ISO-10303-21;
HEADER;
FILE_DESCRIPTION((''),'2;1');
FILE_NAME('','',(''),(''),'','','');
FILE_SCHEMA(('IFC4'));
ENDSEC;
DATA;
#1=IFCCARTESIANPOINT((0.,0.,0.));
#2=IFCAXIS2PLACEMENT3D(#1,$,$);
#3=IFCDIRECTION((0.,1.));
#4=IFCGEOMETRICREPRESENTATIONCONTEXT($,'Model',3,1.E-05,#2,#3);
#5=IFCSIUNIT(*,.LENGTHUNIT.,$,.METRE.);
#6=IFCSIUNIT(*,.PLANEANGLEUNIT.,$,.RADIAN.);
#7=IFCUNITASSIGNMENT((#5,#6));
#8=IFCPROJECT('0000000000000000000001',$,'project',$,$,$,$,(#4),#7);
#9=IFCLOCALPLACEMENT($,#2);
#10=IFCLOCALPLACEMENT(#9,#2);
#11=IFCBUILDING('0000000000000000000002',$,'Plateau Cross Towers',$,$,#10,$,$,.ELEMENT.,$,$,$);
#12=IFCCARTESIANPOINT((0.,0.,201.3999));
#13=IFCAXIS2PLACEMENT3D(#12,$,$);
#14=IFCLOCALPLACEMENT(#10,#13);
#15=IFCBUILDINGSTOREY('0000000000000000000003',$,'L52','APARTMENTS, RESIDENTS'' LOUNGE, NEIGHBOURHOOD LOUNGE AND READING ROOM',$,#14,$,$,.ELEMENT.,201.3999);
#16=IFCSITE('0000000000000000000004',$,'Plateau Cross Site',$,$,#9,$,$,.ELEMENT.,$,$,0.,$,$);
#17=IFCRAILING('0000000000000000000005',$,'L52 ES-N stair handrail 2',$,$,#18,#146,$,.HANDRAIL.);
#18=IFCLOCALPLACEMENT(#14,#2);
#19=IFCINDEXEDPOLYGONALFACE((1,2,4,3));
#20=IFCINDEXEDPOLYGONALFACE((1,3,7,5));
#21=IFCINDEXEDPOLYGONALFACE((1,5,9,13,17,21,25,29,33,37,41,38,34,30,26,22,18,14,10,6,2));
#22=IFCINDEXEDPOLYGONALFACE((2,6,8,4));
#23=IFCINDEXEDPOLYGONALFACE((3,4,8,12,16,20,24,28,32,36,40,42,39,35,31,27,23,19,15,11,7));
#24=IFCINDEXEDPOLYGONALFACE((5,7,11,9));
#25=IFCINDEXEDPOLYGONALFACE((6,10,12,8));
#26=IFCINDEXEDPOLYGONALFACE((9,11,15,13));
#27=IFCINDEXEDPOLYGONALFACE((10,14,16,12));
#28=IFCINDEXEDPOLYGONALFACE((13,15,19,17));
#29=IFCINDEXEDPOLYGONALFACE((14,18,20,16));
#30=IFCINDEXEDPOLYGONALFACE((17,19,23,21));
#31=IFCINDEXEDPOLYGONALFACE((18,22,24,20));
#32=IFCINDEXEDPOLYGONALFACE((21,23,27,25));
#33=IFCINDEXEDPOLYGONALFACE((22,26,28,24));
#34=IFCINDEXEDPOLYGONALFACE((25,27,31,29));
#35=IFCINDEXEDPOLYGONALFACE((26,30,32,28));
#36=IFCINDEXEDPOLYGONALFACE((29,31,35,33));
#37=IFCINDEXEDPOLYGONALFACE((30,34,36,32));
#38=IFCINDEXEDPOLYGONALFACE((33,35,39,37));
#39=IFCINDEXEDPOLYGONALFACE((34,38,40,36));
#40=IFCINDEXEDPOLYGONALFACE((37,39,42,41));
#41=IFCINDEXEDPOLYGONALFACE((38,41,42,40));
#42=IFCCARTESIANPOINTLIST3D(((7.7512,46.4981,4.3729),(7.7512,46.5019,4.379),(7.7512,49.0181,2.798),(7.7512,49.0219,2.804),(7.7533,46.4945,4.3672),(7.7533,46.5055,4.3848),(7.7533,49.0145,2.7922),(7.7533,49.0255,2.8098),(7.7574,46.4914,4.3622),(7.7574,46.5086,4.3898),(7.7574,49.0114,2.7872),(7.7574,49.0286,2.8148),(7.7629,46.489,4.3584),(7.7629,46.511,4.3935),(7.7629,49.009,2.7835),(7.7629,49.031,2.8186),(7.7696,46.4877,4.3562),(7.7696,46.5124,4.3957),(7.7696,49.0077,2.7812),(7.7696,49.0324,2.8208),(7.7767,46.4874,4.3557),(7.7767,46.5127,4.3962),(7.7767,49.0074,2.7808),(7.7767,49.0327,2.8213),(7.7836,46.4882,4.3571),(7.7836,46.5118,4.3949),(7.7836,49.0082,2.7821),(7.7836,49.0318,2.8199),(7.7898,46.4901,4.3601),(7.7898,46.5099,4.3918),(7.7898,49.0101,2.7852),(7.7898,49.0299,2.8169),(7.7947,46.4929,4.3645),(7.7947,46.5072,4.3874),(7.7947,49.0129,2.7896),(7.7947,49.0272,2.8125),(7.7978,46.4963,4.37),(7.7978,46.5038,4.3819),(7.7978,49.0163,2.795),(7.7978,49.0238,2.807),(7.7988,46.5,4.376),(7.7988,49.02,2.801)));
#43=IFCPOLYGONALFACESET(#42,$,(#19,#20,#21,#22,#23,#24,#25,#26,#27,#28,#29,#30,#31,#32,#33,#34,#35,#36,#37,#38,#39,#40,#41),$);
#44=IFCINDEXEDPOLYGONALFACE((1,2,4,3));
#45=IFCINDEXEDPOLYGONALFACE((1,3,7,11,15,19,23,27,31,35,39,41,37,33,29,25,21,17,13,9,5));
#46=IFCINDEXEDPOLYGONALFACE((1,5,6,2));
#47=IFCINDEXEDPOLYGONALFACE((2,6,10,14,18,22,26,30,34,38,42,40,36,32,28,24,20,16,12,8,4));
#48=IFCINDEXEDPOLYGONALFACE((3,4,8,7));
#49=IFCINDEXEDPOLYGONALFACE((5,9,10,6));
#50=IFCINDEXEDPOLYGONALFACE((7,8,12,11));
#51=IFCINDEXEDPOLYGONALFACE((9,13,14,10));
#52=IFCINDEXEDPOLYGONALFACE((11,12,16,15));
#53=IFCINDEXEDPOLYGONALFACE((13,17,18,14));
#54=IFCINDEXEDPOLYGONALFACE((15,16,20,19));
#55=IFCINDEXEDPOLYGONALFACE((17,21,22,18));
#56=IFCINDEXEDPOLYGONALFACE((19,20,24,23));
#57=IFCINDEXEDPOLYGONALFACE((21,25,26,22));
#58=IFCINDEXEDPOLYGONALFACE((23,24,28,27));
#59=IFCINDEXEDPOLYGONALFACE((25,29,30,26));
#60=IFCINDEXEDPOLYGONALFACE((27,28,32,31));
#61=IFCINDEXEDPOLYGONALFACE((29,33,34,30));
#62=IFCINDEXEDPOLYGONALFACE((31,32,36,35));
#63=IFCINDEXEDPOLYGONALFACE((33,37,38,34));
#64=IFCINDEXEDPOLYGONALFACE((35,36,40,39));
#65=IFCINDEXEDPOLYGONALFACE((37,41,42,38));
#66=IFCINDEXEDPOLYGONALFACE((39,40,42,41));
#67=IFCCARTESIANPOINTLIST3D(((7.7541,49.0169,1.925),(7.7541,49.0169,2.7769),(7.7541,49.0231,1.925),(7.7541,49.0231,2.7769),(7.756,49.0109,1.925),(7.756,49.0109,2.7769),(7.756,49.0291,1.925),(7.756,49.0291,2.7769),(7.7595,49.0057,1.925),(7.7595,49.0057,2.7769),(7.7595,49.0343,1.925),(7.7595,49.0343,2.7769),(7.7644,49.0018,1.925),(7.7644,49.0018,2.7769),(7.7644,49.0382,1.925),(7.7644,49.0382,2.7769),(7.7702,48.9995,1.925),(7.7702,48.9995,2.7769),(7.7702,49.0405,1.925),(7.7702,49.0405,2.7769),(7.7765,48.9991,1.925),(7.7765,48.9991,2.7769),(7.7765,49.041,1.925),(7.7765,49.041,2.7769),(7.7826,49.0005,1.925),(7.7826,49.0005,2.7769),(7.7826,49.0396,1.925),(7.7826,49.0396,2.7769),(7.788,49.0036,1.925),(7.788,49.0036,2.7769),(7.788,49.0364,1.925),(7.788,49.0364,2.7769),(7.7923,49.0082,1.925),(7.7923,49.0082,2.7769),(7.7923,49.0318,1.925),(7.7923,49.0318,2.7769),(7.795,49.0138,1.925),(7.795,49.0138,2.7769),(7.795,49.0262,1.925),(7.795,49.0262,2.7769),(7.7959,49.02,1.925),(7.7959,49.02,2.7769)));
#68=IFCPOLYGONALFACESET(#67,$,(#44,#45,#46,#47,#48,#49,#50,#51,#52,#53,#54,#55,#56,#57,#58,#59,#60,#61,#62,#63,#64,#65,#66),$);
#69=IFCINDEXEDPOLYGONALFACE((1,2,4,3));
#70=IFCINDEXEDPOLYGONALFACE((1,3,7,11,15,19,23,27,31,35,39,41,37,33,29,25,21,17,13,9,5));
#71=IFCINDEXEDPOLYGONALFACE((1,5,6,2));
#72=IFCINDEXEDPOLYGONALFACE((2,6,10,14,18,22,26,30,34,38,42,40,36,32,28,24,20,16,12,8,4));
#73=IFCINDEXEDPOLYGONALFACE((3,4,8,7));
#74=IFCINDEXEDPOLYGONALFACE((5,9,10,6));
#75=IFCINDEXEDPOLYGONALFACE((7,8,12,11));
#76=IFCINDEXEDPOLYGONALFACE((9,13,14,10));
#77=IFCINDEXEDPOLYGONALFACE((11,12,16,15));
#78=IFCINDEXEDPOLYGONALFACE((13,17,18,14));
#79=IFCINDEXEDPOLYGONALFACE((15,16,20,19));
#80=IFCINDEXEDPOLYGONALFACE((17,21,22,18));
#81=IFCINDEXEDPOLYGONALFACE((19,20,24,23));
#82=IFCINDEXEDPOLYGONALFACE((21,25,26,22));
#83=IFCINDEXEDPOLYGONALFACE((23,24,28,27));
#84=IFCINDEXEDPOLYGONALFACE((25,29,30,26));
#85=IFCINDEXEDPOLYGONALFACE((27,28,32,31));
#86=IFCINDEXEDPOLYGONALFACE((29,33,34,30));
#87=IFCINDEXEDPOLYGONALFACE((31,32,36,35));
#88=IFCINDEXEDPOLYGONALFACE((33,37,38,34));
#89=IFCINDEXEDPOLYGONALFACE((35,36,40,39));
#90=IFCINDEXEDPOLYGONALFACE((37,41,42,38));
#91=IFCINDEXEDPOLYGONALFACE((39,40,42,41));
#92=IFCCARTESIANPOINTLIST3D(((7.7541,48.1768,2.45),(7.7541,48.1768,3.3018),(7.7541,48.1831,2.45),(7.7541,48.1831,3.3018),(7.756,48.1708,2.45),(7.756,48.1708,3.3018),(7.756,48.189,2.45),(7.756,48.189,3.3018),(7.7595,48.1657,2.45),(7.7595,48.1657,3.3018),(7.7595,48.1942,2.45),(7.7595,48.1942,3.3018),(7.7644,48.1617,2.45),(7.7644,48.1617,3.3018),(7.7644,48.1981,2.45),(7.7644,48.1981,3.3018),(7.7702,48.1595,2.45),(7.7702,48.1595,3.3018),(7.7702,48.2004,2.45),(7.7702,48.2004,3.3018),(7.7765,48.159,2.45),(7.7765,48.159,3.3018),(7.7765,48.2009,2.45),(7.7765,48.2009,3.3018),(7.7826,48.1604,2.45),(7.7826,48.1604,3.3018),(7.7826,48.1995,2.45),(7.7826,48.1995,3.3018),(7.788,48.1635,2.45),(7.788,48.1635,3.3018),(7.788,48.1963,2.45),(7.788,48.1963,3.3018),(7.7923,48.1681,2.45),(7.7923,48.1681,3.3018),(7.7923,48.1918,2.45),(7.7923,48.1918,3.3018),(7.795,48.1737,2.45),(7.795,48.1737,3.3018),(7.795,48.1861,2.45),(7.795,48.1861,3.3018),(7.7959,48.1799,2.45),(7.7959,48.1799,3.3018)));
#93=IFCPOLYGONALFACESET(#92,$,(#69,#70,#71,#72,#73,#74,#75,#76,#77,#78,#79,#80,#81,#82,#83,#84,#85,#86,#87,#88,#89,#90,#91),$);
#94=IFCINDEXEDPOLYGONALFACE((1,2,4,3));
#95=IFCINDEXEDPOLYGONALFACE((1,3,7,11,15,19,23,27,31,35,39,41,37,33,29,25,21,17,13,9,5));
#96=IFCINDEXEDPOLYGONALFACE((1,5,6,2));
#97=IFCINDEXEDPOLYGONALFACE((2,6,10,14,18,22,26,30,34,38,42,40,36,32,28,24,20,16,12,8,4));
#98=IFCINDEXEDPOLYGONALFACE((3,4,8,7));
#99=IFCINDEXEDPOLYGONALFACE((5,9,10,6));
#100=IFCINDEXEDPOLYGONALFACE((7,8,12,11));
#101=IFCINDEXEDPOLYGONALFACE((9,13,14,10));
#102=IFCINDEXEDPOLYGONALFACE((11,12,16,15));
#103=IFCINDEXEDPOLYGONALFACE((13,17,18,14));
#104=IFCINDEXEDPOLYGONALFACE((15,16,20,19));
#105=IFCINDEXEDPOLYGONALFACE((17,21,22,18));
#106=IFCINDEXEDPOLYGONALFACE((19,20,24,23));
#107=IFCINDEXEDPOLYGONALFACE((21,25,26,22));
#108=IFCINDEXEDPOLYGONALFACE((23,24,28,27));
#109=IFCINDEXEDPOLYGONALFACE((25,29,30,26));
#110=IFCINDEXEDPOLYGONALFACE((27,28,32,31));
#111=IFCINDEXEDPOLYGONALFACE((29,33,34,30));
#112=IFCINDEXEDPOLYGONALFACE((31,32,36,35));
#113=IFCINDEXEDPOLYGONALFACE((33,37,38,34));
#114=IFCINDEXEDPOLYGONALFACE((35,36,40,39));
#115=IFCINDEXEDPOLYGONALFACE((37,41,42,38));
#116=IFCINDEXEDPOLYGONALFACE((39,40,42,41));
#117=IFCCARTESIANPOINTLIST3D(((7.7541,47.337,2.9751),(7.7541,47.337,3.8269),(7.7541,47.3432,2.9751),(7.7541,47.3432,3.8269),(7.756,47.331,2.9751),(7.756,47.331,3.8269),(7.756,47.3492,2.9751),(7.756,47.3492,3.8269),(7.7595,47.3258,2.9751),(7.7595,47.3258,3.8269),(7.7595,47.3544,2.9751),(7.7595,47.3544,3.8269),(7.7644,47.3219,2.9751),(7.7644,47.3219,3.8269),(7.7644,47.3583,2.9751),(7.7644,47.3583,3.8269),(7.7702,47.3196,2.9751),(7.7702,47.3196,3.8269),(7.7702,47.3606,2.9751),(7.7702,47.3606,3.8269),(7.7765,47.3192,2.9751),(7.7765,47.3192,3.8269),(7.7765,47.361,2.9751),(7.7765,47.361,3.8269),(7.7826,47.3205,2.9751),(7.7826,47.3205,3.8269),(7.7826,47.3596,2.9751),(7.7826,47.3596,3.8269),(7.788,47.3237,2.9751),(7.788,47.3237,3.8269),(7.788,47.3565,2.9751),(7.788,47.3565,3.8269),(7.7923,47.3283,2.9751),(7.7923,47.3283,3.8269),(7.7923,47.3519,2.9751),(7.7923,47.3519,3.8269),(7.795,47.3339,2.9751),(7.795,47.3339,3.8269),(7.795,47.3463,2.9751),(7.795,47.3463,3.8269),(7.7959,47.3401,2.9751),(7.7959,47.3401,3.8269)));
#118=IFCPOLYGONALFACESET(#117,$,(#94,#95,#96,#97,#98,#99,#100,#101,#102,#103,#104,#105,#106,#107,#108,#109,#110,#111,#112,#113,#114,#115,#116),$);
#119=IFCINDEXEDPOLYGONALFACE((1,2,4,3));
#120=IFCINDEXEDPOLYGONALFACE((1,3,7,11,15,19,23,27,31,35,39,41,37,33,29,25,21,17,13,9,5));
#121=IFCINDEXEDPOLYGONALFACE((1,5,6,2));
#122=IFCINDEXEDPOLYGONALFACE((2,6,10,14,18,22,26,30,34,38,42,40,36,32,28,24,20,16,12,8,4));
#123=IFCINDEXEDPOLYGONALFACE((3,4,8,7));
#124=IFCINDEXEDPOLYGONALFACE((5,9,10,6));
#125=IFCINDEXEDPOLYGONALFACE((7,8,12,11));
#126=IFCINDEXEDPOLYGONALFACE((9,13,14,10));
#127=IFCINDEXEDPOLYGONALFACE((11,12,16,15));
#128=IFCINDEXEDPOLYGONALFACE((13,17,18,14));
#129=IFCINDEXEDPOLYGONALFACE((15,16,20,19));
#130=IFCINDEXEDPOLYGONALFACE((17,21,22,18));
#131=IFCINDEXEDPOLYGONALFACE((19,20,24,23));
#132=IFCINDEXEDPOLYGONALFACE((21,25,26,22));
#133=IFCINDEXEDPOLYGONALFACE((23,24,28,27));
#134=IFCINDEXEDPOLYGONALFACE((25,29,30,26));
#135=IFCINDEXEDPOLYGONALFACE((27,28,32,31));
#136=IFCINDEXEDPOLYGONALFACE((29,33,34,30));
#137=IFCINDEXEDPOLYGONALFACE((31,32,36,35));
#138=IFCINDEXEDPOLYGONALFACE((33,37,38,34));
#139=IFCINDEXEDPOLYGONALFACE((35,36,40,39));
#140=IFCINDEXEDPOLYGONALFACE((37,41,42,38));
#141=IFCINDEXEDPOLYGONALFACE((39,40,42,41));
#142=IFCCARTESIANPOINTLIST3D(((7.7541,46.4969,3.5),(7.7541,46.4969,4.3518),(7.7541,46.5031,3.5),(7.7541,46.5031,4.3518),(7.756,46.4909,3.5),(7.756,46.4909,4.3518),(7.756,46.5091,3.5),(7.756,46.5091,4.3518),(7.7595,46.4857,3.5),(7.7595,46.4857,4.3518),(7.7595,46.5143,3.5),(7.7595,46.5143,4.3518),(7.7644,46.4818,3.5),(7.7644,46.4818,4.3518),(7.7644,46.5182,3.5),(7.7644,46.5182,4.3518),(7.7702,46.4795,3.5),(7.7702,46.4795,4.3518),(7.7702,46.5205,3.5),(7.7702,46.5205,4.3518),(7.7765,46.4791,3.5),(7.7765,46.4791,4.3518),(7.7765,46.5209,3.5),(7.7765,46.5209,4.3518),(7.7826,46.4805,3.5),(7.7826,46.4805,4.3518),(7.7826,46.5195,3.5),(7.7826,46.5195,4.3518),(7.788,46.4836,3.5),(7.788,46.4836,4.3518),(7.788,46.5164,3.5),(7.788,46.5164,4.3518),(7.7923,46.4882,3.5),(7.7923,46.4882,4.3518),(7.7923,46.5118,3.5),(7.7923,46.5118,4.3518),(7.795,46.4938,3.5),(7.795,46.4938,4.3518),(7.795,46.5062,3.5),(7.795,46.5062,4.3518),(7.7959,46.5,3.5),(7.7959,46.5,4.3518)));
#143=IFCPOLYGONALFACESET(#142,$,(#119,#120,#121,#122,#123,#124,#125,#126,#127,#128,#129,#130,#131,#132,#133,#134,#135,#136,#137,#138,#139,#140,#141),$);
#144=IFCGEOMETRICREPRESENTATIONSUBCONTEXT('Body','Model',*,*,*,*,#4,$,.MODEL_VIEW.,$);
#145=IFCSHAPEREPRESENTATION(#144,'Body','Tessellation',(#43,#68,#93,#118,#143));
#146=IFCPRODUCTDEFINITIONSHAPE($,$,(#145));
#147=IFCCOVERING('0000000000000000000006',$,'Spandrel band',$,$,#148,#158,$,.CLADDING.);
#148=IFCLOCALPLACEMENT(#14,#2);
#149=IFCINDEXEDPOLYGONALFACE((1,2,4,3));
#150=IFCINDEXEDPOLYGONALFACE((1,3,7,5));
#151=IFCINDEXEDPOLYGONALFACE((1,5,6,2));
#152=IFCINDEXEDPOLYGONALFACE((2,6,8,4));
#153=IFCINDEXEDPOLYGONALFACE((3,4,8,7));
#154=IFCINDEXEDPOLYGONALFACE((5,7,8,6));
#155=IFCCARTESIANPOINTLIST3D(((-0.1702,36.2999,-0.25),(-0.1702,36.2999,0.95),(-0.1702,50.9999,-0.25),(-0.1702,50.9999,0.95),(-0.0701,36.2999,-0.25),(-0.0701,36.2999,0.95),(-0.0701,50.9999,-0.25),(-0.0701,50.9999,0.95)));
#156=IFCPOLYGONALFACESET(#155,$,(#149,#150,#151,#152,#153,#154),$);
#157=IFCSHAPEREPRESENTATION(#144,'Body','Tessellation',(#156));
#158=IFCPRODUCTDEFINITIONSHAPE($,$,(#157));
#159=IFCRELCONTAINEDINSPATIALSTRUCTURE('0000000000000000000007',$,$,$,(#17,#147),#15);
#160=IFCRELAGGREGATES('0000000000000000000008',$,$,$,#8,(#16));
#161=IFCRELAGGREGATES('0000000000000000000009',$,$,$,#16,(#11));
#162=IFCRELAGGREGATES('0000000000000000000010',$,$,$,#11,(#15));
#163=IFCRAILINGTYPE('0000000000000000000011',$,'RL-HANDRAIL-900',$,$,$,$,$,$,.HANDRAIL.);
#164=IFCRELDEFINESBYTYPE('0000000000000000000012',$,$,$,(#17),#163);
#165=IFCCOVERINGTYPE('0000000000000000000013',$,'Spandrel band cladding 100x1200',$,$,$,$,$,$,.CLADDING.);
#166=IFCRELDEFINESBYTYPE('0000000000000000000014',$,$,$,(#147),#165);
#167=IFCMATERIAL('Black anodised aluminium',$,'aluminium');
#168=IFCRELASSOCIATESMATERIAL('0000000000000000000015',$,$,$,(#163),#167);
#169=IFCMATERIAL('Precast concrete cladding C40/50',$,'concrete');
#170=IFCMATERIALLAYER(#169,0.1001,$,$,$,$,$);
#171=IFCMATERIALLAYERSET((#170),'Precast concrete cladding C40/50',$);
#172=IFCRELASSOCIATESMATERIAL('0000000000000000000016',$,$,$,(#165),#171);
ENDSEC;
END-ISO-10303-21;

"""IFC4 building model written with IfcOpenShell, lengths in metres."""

from ifc_helpers import new_model, si_unit, direction, frame, origin, origin_2d, place, context, subcontext, project, spatial, rectangle, circle, extrude, material, layer, layer_set, type_object, element, save


model = new_model("IFC4")

# Units and contexts
model_context = context("Model", 3, precision=1e-05, world=origin(), true_north=direction((0.0, 1.0)))
body_context = subcontext(model_context, "Body", "Model", "MODEL_VIEW")
ifc_project = project(units=[si_unit("LENGTHUNIT", "METRE"), si_unit("PLANEANGLEUNIT", "RADIAN")], contexts=[model_context])

# Site, building, storey
site_placement = place(None, origin())
site = spatial("IfcSite", under=ifc_project, at=site_placement, Name="Plateau Cross Site", CompositionType="ELEMENT", RefElevation=0.0)
building_placement = place(site_placement, origin())
building = spatial("IfcBuilding", under=site, at=building_placement, Name="Plateau Cross Towers", CompositionType="ELEMENT")
storey_placement = place(building_placement, frame((0.0, 0.0, 201.3999)))
storey = spatial("IfcBuildingStorey", under=building, at=storey_placement, Name="L52", Description="APARTMENTS, RESIDENTS' LOUNGE, NEIGHBOURHOOD LOUNGE AND READING ROOM", CompositionType="ELEMENT", Elevation=201.3999)

# Shared definitions
ifc_material_1 = material(Name="Black anodised aluminium", Category="aluminium")

# Railing
railing_type_1 = type_object("IfcRailingType", Name="RL-HANDRAIL-900", PredefinedType="HANDRAIL", material=ifc_material_1)
railing_1_placement = place(storey_placement, frame((7.7749, 49.02, 1.925)))
element("IfcRailing", 1, at=railing_1_placement, inside=storey, type_object=railing_type_1, Name="L52 ES-N stair handrail 2", PredefinedType="HANDRAIL", context=body_context, shape_type="SweptSolid", body=[
    extrude(circle(Radius=0.0239, at=origin_2d()), frame((0.0, 0.0, 0.876), z_axis=(0.0, -0.848008, 0.529984), x_axis=(1.0, 0.0, 0.0)), (0.0, 0.0, 1.0), 2.9717),
    extrude(circle(Radius=0.021, at=origin_2d()), origin(), (0.0, 0.0, 1.0), 0.8518),
    extrude(circle(Radius=0.021, at=origin_2d()), frame((0.0, -0.8401, 0.5249)), (0.0, 0.0, 1.0), 0.8518),
    extrude(circle(Radius=0.021, at=origin_2d()), frame((0.0, -1.6799, 1.05)), (0.0, 0.0, 1.0), 0.8518),
    extrude(circle(Radius=0.021, at=origin_2d()), frame((0.0, -2.52, 1.575)), (0.0, 0.0, 1.0), 0.8518),
])

# Covering
ifc_material_2 = material(Name="Precast concrete cladding C40/50", Category="concrete")
ifc_layer_1 = layer(ifc_material_2, 0.1001)
ifc_layer_set_1 = layer_set([ifc_layer_1], Name="Precast concrete cladding C40/50")
covering_type = type_object("IfcCoveringType", Name="Spandrel band cladding 100x1200", PredefinedType="CLADDING", material=ifc_layer_set_1)
covering_placement = place(storey_placement, frame((-0.1201, 43.6499, -0.25), z_axis=(0.0, 0.0, 1.0), x_axis=(0.0, -1.0, 0.0)))
element("IfcCovering", 2, at=covering_placement, inside=storey, type_object=covering_type, Name="Spandrel band", PredefinedType="CLADDING", context=body_context, shape_type="SweptSolid", body=[
    extrude(rectangle(XDim=14.7, YDim=0.1001, at=origin_2d()), origin(), (0.0, 0.0, 1.0), 1.2),
])

save(model, "model.ifc")
